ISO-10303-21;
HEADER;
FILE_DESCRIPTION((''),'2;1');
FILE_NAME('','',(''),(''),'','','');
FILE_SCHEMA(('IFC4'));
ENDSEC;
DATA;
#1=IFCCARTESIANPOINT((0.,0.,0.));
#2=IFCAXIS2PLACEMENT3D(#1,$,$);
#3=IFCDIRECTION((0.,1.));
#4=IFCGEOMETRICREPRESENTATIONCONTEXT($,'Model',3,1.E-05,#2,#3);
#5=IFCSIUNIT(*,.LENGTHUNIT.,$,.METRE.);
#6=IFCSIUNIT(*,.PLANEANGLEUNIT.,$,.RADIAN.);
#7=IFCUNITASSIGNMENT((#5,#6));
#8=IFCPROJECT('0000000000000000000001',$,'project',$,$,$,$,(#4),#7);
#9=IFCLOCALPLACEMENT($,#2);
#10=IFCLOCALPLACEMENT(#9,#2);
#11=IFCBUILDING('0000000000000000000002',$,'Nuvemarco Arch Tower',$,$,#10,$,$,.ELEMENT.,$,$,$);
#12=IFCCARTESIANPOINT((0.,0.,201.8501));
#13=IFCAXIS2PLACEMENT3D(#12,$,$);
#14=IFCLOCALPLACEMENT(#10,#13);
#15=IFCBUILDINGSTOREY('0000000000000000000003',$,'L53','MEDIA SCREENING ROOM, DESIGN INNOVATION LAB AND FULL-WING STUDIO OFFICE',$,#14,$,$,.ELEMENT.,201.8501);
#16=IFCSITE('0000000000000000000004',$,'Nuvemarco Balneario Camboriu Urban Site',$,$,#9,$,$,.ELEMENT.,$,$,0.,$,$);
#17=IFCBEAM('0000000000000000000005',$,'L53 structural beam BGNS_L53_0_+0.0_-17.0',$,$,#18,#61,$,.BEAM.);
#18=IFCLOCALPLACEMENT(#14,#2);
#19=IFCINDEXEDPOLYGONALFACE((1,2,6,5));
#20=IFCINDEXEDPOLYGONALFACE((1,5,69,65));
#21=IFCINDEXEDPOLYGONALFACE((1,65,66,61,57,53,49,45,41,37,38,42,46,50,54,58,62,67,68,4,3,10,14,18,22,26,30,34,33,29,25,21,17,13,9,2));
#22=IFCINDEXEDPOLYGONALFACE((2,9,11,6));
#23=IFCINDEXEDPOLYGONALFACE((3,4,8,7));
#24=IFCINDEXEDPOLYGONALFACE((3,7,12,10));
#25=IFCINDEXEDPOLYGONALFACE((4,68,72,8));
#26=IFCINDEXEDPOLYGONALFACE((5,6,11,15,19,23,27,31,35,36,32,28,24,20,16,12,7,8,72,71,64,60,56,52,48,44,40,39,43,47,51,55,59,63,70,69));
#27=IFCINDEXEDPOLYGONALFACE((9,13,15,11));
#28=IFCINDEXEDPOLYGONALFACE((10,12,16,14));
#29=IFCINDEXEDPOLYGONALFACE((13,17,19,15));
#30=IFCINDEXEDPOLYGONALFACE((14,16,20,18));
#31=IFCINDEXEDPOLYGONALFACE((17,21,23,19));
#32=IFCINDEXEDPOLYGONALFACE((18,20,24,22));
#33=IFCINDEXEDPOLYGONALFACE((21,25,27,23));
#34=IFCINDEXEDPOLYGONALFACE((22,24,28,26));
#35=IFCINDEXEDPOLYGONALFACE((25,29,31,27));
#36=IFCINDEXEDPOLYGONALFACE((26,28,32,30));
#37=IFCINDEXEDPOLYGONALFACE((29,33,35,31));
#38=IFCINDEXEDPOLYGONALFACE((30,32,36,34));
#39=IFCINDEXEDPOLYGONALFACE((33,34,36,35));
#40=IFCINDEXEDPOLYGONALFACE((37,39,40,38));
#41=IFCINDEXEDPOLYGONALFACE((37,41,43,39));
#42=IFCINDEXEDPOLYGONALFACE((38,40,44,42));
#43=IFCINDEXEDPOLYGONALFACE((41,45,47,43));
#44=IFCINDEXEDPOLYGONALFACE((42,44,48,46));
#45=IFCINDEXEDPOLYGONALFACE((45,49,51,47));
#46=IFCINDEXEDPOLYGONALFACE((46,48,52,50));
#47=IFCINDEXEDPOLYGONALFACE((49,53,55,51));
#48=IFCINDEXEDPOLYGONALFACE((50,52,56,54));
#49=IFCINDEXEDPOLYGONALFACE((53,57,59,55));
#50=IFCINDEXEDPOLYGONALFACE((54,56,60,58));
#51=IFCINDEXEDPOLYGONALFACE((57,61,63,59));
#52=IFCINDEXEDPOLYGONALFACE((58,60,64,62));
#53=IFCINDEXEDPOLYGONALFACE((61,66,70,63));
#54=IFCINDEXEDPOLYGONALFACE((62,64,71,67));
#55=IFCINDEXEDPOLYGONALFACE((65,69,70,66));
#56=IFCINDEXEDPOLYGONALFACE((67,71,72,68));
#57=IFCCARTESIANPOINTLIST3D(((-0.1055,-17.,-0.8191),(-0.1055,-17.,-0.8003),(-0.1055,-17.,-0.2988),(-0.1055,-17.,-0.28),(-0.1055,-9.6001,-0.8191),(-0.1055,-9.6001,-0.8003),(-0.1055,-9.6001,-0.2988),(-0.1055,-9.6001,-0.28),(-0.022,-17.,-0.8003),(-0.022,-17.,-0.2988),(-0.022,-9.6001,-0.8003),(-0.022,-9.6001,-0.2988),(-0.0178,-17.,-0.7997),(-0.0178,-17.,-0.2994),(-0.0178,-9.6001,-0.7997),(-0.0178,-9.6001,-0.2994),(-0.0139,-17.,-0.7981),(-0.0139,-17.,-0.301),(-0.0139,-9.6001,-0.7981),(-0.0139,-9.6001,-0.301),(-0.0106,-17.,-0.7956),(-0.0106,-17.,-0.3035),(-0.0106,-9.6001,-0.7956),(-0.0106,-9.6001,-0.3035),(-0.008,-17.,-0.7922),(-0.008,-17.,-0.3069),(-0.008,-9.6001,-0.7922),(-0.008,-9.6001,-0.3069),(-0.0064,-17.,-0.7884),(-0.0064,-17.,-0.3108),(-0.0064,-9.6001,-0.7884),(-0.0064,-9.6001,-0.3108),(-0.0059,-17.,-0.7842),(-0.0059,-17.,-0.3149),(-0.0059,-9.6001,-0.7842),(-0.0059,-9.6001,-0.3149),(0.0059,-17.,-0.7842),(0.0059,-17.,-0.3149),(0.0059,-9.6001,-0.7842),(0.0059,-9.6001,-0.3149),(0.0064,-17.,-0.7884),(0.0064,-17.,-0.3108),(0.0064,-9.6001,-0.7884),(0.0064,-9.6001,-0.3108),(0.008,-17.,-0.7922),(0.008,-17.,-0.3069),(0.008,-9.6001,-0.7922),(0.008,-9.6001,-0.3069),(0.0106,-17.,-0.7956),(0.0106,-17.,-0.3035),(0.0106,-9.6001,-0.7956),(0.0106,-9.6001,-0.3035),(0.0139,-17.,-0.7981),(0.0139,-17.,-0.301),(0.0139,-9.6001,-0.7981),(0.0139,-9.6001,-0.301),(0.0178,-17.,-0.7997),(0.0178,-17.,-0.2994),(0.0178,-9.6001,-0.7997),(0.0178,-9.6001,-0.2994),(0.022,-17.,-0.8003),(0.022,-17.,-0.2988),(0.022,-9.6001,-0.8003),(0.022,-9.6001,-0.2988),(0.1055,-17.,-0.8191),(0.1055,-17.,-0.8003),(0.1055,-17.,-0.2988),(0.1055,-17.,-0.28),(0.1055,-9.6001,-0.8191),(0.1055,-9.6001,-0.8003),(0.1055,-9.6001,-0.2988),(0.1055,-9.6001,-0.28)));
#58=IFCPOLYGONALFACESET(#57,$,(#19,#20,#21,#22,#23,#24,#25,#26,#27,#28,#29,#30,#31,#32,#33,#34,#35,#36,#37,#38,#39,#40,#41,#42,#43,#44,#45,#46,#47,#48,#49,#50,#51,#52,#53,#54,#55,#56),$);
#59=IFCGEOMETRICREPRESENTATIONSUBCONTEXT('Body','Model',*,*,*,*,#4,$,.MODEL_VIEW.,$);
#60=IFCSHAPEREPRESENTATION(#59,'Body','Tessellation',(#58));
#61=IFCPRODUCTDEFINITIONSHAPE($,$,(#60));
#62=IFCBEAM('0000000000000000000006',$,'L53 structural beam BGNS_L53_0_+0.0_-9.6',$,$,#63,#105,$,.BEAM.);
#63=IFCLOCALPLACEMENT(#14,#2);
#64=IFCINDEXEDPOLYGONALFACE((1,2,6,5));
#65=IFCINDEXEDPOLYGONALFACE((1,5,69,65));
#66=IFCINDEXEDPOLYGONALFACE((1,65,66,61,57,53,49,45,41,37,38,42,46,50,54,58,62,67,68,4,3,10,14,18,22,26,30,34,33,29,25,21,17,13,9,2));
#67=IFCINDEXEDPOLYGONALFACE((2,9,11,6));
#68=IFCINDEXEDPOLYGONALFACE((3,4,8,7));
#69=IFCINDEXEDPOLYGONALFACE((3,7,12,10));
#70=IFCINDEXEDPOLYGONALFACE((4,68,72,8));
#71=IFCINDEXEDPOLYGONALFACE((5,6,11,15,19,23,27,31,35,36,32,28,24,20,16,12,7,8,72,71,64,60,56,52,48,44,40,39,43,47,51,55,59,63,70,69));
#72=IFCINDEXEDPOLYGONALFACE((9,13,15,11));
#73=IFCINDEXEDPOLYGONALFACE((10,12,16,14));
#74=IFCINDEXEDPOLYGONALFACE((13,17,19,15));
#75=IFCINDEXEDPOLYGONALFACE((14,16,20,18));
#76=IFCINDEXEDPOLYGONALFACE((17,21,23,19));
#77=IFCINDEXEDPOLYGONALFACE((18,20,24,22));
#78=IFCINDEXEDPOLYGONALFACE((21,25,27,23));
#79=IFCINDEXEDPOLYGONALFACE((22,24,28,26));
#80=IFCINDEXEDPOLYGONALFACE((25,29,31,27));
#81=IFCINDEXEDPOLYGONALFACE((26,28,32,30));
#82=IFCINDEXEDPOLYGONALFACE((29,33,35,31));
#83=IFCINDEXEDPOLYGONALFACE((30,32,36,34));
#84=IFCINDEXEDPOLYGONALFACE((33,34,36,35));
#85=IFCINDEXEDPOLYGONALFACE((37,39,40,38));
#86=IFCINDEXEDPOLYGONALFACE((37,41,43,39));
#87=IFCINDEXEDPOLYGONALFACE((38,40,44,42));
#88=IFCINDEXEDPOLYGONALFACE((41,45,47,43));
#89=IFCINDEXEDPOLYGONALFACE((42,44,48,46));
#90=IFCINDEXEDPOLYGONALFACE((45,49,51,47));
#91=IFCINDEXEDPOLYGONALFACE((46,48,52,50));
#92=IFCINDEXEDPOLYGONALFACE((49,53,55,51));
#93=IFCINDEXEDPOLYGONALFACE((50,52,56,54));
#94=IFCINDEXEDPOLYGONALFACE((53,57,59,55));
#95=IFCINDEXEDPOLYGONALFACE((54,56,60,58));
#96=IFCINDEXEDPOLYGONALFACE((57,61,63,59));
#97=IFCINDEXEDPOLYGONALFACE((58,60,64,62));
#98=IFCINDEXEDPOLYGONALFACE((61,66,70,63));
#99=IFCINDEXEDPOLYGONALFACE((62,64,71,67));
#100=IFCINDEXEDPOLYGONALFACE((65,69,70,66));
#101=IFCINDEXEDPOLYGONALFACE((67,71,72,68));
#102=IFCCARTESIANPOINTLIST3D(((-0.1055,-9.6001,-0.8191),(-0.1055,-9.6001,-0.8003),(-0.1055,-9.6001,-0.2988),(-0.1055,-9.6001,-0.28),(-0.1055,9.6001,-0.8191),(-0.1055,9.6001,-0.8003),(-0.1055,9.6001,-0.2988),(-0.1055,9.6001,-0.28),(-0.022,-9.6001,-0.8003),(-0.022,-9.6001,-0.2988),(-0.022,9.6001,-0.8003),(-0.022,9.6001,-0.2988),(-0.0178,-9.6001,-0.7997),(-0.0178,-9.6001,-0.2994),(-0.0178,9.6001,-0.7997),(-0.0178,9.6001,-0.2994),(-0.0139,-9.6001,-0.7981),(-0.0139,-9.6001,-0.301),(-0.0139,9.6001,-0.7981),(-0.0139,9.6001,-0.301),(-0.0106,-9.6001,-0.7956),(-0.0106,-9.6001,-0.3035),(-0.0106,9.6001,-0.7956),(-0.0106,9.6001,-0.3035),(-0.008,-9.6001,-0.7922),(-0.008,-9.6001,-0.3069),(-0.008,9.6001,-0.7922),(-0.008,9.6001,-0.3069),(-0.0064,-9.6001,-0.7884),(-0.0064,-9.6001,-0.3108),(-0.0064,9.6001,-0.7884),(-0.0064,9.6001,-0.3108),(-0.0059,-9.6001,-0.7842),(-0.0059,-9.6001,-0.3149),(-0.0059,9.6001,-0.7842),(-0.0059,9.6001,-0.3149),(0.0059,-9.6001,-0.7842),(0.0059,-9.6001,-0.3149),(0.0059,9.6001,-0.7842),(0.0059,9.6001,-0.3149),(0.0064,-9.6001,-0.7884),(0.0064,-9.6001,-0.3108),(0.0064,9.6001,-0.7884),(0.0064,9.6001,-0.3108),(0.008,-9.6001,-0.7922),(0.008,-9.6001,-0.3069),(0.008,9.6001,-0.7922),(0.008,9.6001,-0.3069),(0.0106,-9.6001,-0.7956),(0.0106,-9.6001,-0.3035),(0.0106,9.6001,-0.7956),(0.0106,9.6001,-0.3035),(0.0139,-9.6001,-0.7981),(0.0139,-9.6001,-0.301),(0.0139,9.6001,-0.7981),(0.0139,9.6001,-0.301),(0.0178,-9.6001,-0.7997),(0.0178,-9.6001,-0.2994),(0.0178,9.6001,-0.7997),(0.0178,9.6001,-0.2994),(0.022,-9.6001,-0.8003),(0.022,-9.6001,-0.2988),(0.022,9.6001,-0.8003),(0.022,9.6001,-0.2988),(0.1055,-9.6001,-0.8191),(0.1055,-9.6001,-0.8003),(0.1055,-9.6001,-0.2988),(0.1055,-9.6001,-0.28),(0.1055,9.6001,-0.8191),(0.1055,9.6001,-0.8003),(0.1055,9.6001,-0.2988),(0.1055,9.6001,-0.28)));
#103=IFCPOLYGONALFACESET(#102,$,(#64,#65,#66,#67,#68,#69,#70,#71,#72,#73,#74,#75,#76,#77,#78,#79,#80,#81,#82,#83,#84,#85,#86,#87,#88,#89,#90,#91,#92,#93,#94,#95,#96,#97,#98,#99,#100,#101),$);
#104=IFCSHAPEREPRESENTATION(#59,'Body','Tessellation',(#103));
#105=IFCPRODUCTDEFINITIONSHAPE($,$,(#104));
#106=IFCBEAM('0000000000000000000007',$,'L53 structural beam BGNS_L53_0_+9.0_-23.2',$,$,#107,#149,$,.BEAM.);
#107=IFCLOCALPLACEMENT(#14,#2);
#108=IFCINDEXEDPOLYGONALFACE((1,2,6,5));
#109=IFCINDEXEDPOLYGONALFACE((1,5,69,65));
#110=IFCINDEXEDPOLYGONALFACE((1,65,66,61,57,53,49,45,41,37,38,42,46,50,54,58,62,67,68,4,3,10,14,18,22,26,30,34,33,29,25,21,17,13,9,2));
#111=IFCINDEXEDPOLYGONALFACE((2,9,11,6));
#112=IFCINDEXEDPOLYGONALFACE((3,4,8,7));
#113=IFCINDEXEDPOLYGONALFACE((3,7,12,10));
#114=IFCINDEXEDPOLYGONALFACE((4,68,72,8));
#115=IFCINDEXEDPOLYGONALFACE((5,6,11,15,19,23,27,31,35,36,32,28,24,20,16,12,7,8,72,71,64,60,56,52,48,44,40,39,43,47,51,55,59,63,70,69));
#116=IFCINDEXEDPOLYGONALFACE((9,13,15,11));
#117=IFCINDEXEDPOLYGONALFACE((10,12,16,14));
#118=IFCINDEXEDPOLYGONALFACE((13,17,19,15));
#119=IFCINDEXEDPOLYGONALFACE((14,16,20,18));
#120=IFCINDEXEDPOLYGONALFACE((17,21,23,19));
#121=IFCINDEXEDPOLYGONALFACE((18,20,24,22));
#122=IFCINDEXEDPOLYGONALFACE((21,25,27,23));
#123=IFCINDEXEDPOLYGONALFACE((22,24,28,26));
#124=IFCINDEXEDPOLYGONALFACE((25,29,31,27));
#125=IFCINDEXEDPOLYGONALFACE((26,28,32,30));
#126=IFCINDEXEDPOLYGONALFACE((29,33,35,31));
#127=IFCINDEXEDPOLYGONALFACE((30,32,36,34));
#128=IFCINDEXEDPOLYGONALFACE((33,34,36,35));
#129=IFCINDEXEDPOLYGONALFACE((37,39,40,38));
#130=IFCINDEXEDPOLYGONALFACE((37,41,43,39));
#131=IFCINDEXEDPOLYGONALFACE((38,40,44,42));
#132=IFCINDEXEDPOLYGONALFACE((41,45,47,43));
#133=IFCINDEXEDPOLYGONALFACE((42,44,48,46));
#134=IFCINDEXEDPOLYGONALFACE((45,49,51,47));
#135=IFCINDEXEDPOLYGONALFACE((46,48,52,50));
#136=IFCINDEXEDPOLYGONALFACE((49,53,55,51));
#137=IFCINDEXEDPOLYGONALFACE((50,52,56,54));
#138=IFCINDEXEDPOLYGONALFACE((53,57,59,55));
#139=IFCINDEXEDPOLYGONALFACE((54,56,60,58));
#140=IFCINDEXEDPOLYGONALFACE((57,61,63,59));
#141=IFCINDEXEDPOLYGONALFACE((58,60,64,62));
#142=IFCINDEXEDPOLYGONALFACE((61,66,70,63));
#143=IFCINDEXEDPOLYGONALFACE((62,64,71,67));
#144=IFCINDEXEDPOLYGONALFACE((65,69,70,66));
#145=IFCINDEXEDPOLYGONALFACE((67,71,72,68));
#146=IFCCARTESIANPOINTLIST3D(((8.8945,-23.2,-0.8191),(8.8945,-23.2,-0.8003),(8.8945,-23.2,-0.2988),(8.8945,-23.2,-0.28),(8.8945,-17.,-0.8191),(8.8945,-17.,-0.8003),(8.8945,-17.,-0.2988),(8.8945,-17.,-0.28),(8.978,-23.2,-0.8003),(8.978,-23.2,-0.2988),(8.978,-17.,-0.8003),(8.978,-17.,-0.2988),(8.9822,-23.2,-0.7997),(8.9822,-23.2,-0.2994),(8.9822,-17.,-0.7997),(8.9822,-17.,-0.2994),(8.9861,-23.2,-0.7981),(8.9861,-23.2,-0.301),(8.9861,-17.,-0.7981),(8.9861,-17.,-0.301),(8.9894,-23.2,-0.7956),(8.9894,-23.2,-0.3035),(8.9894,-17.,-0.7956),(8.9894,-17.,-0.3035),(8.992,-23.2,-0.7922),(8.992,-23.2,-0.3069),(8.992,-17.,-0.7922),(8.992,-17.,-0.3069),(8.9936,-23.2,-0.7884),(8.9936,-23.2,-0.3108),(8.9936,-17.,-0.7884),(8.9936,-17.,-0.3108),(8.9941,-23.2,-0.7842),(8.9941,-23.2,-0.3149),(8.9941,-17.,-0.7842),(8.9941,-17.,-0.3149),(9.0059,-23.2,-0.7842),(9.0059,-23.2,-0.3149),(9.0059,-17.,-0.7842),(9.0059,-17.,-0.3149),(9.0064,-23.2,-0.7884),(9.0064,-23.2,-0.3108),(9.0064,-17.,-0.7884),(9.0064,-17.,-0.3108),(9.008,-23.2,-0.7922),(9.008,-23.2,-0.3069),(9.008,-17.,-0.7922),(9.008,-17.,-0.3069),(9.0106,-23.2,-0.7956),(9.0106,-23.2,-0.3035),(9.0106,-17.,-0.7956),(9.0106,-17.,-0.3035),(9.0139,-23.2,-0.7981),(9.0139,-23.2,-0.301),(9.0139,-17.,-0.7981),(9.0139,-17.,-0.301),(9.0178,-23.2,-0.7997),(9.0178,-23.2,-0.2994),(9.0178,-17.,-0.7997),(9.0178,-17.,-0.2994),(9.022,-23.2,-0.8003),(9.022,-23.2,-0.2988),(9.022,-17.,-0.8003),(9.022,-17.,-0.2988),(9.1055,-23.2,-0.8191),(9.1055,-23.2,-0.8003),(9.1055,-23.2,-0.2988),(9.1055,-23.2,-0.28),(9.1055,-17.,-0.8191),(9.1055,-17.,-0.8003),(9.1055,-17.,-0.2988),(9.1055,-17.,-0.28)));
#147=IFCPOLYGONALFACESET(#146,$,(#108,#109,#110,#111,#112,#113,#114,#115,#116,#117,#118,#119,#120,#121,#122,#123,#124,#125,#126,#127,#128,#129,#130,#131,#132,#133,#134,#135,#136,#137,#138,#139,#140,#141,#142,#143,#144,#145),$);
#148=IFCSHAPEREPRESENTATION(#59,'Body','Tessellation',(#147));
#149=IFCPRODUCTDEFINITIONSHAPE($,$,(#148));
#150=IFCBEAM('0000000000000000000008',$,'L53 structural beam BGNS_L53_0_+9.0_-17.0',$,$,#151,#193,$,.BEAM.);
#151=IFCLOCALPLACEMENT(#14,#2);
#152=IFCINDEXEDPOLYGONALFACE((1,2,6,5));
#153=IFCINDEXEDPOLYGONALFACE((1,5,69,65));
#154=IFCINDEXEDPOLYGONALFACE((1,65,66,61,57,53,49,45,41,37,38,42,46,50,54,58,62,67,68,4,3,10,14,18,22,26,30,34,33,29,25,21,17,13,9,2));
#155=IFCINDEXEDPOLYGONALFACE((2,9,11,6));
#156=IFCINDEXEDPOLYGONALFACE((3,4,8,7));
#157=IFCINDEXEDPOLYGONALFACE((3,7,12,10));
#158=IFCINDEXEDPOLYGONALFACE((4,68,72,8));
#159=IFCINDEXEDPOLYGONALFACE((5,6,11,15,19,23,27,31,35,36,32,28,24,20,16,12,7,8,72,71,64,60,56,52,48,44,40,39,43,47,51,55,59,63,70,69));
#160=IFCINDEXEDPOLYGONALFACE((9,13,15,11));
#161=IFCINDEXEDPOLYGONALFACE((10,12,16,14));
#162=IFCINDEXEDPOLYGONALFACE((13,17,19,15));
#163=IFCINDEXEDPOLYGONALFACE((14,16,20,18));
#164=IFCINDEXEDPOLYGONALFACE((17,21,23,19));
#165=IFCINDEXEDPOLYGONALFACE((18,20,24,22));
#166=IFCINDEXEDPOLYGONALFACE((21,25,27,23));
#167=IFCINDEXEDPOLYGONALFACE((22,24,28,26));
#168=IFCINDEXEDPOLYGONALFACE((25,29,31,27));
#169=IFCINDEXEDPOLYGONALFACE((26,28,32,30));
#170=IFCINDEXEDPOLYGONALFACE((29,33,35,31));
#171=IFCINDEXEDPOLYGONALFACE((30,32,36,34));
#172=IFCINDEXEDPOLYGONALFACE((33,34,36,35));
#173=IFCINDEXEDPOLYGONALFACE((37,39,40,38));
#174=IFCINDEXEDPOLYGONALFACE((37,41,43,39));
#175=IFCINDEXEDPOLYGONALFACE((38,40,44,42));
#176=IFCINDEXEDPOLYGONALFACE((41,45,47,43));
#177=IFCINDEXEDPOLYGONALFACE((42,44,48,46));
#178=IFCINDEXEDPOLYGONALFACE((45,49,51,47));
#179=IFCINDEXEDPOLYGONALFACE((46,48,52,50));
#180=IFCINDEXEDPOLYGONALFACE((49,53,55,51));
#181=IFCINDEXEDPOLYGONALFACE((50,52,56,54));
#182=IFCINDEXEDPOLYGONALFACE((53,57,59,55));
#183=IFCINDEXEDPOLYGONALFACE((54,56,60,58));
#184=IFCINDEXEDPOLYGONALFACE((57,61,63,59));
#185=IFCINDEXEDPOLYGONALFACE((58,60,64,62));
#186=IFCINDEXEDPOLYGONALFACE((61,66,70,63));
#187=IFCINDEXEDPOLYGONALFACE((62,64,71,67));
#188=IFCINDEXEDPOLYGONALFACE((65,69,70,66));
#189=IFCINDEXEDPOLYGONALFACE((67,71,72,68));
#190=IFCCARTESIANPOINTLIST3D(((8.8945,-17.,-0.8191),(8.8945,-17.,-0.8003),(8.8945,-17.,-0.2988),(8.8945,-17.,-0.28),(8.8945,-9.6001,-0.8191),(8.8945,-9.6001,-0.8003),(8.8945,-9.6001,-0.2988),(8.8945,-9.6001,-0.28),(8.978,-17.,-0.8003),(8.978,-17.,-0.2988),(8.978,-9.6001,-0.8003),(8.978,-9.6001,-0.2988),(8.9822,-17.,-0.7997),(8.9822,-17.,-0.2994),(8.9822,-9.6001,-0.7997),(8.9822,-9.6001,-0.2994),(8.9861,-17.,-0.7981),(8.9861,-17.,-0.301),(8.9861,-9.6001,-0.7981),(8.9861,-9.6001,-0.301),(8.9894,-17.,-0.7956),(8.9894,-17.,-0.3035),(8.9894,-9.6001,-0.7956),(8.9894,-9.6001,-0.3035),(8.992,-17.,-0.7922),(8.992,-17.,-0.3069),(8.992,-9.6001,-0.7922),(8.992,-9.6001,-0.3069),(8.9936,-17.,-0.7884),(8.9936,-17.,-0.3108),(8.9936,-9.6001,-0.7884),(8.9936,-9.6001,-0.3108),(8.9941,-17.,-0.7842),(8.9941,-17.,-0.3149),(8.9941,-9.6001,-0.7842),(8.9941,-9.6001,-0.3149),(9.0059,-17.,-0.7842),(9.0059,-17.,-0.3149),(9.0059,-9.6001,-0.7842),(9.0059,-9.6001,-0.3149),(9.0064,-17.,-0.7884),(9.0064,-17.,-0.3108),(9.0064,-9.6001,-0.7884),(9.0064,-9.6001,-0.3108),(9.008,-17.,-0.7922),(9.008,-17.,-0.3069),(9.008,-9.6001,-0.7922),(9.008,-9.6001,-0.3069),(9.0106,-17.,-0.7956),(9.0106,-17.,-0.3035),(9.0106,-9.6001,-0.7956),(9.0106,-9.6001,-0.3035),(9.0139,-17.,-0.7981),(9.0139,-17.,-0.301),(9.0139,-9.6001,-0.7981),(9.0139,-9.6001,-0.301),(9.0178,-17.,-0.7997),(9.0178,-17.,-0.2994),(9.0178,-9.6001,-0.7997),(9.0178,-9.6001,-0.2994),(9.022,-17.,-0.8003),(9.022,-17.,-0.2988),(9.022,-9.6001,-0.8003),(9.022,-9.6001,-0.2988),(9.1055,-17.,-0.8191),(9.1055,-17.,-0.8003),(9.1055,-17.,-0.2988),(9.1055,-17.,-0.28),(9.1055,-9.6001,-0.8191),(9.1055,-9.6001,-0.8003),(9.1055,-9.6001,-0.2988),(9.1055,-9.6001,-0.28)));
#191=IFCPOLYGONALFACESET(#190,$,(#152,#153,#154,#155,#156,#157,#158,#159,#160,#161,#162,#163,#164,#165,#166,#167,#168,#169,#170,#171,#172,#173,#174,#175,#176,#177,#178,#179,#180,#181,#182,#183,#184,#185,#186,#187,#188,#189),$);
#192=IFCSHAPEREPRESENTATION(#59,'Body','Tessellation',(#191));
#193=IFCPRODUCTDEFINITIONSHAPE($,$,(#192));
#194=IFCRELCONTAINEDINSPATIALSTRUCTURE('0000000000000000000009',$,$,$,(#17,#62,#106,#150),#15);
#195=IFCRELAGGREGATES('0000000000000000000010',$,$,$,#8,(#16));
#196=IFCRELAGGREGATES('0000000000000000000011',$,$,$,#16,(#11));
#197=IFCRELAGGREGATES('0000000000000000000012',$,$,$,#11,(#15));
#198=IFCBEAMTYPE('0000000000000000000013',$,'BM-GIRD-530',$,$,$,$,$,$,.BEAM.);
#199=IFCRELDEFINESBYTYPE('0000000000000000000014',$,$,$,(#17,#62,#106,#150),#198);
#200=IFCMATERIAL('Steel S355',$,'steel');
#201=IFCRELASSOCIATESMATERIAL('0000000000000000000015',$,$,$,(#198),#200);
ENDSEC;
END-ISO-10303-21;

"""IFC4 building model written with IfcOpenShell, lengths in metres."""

from ifc_helpers import new_model, si_unit, direction, frame, origin, origin_2d, place, context, subcontext, project, spatial, i_section, extrude, material, material_profile, profile_set, type_object, element, save


model = new_model("IFC4")

# Units and contexts
model_context = context("Model", 3, precision=1e-05, world=origin(), true_north=direction((0.0, 1.0)))
body_context = subcontext(model_context, "Body", "Model", "MODEL_VIEW")
ifc_project = project(units=[si_unit("LENGTHUNIT", "METRE"), si_unit("PLANEANGLEUNIT", "RADIAN")], contexts=[model_context])

# Site, building, storey
site_placement = place(None, origin())
site = spatial("IfcSite", under=ifc_project, at=site_placement, Name="Nuvemarco Balneario Camboriu Urban Site", CompositionType="ELEMENT", RefElevation=0.0)
building_placement = place(site_placement, origin())
building = spatial("IfcBuilding", under=site, at=building_placement, Name="Nuvemarco Arch Tower", CompositionType="ELEMENT")
storey_placement = place(building_placement, frame((0.0, 0.0, 201.8501)))
storey = spatial("IfcBuildingStorey", under=building, at=storey_placement, Name="L53", Description="MEDIA SCREENING ROOM, DESIGN INNOVATION LAB AND FULL-WING STUDIO OFFICE", CompositionType="ELEMENT", Elevation=201.8501)

# Shared definitions
ifc_material_1 = material(Name="Steel S355", Category="steel")

# Beams
ifc_material_profile_1 = material_profile(ifc_material_1, i_section(OverallWidth=0.2109, OverallDepth=0.5391, WebThickness=0.0117, FlangeThickness=0.0188, FilletRadius=0.0161, at=origin_2d()), Name="W530x109")
ifc_profile_set_1 = profile_set([ifc_material_profile_1], Name="Steel S355")
beam_type_1 = type_object("IfcBeamType", Name="BM-GIRD-530", PredefinedType="BEAM", material=ifc_profile_set_1)
beam_1_placement = place(storey_placement, frame((0.0, -17.0, -0.5496), z_axis=(0.0, 1.0, 0.0), x_axis=(-1.0, 0.0, 0.0)))
element("IfcBeam", 1, at=beam_1_placement, inside=storey, type_object=beam_type_1, Name="L53 structural beam BGNS_L53_0_+0.0_-17.0", PredefinedType="BEAM", context=body_context, shape_type="SweptSolid", body=[
    extrude(i_section(OverallWidth=0.2109, OverallDepth=0.5391, WebThickness=0.0117, FlangeThickness=0.0188, FilletRadius=0.0161, at=origin_2d()), origin(), (0.0, 0.0, 1.0), 7.3999),
])
beam_2_placement = place(storey_placement, frame((0.0, -9.6001, -0.5496), z_axis=(0.0, 1.0, 0.0), x_axis=(-1.0, 0.0, 0.0)))
element("IfcBeam", 2, at=beam_2_placement, inside=storey, type_object=beam_type_1, Name="L53 structural beam BGNS_L53_0_+0.0_-9.6", PredefinedType="BEAM", context=body_context, shape_type="SweptSolid", body=[
    extrude(i_section(OverallWidth=0.2109, OverallDepth=0.5391, WebThickness=0.0117, FlangeThickness=0.0188, FilletRadius=0.0161, at=origin_2d()), origin(), (0.0, 0.0, 1.0), 19.2002),
])
beam_3_placement = place(storey_placement, frame((9.0, -23.2, -0.5496), z_axis=(0.0, 1.0, 0.0), x_axis=(-1.0, 0.0, 0.0)))
element("IfcBeam", 3, at=beam_3_placement, inside=storey, type_object=beam_type_1, Name="L53 structural beam BGNS_L53_0_+9.0_-23.2", PredefinedType="BEAM", context=body_context, shape_type="SweptSolid", body=[
    extrude(i_section(OverallWidth=0.2109, OverallDepth=0.5391, WebThickness=0.0117, FlangeThickness=0.0188, FilletRadius=0.0161, at=origin_2d()), origin(), (0.0, 0.0, 1.0), 6.2),
])
beam_4_placement = place(storey_placement, frame((9.0, -17.0, -0.5496), z_axis=(0.0, 1.0, 0.0), x_axis=(-1.0, 0.0, 0.0)))
element("IfcBeam", 4, at=beam_4_placement, inside=storey, type_object=beam_type_1, Name="L53 structural beam BGNS_L53_0_+9.0_-17.0", PredefinedType="BEAM", context=body_context, shape_type="SweptSolid", body=[
    extrude(i_section(OverallWidth=0.2109, OverallDepth=0.5391, WebThickness=0.0117, FlangeThickness=0.0188, FilletRadius=0.0161, at=origin_2d()), origin(), (0.0, 0.0, 1.0), 7.3999),
])

save(model, "model.ifc")
